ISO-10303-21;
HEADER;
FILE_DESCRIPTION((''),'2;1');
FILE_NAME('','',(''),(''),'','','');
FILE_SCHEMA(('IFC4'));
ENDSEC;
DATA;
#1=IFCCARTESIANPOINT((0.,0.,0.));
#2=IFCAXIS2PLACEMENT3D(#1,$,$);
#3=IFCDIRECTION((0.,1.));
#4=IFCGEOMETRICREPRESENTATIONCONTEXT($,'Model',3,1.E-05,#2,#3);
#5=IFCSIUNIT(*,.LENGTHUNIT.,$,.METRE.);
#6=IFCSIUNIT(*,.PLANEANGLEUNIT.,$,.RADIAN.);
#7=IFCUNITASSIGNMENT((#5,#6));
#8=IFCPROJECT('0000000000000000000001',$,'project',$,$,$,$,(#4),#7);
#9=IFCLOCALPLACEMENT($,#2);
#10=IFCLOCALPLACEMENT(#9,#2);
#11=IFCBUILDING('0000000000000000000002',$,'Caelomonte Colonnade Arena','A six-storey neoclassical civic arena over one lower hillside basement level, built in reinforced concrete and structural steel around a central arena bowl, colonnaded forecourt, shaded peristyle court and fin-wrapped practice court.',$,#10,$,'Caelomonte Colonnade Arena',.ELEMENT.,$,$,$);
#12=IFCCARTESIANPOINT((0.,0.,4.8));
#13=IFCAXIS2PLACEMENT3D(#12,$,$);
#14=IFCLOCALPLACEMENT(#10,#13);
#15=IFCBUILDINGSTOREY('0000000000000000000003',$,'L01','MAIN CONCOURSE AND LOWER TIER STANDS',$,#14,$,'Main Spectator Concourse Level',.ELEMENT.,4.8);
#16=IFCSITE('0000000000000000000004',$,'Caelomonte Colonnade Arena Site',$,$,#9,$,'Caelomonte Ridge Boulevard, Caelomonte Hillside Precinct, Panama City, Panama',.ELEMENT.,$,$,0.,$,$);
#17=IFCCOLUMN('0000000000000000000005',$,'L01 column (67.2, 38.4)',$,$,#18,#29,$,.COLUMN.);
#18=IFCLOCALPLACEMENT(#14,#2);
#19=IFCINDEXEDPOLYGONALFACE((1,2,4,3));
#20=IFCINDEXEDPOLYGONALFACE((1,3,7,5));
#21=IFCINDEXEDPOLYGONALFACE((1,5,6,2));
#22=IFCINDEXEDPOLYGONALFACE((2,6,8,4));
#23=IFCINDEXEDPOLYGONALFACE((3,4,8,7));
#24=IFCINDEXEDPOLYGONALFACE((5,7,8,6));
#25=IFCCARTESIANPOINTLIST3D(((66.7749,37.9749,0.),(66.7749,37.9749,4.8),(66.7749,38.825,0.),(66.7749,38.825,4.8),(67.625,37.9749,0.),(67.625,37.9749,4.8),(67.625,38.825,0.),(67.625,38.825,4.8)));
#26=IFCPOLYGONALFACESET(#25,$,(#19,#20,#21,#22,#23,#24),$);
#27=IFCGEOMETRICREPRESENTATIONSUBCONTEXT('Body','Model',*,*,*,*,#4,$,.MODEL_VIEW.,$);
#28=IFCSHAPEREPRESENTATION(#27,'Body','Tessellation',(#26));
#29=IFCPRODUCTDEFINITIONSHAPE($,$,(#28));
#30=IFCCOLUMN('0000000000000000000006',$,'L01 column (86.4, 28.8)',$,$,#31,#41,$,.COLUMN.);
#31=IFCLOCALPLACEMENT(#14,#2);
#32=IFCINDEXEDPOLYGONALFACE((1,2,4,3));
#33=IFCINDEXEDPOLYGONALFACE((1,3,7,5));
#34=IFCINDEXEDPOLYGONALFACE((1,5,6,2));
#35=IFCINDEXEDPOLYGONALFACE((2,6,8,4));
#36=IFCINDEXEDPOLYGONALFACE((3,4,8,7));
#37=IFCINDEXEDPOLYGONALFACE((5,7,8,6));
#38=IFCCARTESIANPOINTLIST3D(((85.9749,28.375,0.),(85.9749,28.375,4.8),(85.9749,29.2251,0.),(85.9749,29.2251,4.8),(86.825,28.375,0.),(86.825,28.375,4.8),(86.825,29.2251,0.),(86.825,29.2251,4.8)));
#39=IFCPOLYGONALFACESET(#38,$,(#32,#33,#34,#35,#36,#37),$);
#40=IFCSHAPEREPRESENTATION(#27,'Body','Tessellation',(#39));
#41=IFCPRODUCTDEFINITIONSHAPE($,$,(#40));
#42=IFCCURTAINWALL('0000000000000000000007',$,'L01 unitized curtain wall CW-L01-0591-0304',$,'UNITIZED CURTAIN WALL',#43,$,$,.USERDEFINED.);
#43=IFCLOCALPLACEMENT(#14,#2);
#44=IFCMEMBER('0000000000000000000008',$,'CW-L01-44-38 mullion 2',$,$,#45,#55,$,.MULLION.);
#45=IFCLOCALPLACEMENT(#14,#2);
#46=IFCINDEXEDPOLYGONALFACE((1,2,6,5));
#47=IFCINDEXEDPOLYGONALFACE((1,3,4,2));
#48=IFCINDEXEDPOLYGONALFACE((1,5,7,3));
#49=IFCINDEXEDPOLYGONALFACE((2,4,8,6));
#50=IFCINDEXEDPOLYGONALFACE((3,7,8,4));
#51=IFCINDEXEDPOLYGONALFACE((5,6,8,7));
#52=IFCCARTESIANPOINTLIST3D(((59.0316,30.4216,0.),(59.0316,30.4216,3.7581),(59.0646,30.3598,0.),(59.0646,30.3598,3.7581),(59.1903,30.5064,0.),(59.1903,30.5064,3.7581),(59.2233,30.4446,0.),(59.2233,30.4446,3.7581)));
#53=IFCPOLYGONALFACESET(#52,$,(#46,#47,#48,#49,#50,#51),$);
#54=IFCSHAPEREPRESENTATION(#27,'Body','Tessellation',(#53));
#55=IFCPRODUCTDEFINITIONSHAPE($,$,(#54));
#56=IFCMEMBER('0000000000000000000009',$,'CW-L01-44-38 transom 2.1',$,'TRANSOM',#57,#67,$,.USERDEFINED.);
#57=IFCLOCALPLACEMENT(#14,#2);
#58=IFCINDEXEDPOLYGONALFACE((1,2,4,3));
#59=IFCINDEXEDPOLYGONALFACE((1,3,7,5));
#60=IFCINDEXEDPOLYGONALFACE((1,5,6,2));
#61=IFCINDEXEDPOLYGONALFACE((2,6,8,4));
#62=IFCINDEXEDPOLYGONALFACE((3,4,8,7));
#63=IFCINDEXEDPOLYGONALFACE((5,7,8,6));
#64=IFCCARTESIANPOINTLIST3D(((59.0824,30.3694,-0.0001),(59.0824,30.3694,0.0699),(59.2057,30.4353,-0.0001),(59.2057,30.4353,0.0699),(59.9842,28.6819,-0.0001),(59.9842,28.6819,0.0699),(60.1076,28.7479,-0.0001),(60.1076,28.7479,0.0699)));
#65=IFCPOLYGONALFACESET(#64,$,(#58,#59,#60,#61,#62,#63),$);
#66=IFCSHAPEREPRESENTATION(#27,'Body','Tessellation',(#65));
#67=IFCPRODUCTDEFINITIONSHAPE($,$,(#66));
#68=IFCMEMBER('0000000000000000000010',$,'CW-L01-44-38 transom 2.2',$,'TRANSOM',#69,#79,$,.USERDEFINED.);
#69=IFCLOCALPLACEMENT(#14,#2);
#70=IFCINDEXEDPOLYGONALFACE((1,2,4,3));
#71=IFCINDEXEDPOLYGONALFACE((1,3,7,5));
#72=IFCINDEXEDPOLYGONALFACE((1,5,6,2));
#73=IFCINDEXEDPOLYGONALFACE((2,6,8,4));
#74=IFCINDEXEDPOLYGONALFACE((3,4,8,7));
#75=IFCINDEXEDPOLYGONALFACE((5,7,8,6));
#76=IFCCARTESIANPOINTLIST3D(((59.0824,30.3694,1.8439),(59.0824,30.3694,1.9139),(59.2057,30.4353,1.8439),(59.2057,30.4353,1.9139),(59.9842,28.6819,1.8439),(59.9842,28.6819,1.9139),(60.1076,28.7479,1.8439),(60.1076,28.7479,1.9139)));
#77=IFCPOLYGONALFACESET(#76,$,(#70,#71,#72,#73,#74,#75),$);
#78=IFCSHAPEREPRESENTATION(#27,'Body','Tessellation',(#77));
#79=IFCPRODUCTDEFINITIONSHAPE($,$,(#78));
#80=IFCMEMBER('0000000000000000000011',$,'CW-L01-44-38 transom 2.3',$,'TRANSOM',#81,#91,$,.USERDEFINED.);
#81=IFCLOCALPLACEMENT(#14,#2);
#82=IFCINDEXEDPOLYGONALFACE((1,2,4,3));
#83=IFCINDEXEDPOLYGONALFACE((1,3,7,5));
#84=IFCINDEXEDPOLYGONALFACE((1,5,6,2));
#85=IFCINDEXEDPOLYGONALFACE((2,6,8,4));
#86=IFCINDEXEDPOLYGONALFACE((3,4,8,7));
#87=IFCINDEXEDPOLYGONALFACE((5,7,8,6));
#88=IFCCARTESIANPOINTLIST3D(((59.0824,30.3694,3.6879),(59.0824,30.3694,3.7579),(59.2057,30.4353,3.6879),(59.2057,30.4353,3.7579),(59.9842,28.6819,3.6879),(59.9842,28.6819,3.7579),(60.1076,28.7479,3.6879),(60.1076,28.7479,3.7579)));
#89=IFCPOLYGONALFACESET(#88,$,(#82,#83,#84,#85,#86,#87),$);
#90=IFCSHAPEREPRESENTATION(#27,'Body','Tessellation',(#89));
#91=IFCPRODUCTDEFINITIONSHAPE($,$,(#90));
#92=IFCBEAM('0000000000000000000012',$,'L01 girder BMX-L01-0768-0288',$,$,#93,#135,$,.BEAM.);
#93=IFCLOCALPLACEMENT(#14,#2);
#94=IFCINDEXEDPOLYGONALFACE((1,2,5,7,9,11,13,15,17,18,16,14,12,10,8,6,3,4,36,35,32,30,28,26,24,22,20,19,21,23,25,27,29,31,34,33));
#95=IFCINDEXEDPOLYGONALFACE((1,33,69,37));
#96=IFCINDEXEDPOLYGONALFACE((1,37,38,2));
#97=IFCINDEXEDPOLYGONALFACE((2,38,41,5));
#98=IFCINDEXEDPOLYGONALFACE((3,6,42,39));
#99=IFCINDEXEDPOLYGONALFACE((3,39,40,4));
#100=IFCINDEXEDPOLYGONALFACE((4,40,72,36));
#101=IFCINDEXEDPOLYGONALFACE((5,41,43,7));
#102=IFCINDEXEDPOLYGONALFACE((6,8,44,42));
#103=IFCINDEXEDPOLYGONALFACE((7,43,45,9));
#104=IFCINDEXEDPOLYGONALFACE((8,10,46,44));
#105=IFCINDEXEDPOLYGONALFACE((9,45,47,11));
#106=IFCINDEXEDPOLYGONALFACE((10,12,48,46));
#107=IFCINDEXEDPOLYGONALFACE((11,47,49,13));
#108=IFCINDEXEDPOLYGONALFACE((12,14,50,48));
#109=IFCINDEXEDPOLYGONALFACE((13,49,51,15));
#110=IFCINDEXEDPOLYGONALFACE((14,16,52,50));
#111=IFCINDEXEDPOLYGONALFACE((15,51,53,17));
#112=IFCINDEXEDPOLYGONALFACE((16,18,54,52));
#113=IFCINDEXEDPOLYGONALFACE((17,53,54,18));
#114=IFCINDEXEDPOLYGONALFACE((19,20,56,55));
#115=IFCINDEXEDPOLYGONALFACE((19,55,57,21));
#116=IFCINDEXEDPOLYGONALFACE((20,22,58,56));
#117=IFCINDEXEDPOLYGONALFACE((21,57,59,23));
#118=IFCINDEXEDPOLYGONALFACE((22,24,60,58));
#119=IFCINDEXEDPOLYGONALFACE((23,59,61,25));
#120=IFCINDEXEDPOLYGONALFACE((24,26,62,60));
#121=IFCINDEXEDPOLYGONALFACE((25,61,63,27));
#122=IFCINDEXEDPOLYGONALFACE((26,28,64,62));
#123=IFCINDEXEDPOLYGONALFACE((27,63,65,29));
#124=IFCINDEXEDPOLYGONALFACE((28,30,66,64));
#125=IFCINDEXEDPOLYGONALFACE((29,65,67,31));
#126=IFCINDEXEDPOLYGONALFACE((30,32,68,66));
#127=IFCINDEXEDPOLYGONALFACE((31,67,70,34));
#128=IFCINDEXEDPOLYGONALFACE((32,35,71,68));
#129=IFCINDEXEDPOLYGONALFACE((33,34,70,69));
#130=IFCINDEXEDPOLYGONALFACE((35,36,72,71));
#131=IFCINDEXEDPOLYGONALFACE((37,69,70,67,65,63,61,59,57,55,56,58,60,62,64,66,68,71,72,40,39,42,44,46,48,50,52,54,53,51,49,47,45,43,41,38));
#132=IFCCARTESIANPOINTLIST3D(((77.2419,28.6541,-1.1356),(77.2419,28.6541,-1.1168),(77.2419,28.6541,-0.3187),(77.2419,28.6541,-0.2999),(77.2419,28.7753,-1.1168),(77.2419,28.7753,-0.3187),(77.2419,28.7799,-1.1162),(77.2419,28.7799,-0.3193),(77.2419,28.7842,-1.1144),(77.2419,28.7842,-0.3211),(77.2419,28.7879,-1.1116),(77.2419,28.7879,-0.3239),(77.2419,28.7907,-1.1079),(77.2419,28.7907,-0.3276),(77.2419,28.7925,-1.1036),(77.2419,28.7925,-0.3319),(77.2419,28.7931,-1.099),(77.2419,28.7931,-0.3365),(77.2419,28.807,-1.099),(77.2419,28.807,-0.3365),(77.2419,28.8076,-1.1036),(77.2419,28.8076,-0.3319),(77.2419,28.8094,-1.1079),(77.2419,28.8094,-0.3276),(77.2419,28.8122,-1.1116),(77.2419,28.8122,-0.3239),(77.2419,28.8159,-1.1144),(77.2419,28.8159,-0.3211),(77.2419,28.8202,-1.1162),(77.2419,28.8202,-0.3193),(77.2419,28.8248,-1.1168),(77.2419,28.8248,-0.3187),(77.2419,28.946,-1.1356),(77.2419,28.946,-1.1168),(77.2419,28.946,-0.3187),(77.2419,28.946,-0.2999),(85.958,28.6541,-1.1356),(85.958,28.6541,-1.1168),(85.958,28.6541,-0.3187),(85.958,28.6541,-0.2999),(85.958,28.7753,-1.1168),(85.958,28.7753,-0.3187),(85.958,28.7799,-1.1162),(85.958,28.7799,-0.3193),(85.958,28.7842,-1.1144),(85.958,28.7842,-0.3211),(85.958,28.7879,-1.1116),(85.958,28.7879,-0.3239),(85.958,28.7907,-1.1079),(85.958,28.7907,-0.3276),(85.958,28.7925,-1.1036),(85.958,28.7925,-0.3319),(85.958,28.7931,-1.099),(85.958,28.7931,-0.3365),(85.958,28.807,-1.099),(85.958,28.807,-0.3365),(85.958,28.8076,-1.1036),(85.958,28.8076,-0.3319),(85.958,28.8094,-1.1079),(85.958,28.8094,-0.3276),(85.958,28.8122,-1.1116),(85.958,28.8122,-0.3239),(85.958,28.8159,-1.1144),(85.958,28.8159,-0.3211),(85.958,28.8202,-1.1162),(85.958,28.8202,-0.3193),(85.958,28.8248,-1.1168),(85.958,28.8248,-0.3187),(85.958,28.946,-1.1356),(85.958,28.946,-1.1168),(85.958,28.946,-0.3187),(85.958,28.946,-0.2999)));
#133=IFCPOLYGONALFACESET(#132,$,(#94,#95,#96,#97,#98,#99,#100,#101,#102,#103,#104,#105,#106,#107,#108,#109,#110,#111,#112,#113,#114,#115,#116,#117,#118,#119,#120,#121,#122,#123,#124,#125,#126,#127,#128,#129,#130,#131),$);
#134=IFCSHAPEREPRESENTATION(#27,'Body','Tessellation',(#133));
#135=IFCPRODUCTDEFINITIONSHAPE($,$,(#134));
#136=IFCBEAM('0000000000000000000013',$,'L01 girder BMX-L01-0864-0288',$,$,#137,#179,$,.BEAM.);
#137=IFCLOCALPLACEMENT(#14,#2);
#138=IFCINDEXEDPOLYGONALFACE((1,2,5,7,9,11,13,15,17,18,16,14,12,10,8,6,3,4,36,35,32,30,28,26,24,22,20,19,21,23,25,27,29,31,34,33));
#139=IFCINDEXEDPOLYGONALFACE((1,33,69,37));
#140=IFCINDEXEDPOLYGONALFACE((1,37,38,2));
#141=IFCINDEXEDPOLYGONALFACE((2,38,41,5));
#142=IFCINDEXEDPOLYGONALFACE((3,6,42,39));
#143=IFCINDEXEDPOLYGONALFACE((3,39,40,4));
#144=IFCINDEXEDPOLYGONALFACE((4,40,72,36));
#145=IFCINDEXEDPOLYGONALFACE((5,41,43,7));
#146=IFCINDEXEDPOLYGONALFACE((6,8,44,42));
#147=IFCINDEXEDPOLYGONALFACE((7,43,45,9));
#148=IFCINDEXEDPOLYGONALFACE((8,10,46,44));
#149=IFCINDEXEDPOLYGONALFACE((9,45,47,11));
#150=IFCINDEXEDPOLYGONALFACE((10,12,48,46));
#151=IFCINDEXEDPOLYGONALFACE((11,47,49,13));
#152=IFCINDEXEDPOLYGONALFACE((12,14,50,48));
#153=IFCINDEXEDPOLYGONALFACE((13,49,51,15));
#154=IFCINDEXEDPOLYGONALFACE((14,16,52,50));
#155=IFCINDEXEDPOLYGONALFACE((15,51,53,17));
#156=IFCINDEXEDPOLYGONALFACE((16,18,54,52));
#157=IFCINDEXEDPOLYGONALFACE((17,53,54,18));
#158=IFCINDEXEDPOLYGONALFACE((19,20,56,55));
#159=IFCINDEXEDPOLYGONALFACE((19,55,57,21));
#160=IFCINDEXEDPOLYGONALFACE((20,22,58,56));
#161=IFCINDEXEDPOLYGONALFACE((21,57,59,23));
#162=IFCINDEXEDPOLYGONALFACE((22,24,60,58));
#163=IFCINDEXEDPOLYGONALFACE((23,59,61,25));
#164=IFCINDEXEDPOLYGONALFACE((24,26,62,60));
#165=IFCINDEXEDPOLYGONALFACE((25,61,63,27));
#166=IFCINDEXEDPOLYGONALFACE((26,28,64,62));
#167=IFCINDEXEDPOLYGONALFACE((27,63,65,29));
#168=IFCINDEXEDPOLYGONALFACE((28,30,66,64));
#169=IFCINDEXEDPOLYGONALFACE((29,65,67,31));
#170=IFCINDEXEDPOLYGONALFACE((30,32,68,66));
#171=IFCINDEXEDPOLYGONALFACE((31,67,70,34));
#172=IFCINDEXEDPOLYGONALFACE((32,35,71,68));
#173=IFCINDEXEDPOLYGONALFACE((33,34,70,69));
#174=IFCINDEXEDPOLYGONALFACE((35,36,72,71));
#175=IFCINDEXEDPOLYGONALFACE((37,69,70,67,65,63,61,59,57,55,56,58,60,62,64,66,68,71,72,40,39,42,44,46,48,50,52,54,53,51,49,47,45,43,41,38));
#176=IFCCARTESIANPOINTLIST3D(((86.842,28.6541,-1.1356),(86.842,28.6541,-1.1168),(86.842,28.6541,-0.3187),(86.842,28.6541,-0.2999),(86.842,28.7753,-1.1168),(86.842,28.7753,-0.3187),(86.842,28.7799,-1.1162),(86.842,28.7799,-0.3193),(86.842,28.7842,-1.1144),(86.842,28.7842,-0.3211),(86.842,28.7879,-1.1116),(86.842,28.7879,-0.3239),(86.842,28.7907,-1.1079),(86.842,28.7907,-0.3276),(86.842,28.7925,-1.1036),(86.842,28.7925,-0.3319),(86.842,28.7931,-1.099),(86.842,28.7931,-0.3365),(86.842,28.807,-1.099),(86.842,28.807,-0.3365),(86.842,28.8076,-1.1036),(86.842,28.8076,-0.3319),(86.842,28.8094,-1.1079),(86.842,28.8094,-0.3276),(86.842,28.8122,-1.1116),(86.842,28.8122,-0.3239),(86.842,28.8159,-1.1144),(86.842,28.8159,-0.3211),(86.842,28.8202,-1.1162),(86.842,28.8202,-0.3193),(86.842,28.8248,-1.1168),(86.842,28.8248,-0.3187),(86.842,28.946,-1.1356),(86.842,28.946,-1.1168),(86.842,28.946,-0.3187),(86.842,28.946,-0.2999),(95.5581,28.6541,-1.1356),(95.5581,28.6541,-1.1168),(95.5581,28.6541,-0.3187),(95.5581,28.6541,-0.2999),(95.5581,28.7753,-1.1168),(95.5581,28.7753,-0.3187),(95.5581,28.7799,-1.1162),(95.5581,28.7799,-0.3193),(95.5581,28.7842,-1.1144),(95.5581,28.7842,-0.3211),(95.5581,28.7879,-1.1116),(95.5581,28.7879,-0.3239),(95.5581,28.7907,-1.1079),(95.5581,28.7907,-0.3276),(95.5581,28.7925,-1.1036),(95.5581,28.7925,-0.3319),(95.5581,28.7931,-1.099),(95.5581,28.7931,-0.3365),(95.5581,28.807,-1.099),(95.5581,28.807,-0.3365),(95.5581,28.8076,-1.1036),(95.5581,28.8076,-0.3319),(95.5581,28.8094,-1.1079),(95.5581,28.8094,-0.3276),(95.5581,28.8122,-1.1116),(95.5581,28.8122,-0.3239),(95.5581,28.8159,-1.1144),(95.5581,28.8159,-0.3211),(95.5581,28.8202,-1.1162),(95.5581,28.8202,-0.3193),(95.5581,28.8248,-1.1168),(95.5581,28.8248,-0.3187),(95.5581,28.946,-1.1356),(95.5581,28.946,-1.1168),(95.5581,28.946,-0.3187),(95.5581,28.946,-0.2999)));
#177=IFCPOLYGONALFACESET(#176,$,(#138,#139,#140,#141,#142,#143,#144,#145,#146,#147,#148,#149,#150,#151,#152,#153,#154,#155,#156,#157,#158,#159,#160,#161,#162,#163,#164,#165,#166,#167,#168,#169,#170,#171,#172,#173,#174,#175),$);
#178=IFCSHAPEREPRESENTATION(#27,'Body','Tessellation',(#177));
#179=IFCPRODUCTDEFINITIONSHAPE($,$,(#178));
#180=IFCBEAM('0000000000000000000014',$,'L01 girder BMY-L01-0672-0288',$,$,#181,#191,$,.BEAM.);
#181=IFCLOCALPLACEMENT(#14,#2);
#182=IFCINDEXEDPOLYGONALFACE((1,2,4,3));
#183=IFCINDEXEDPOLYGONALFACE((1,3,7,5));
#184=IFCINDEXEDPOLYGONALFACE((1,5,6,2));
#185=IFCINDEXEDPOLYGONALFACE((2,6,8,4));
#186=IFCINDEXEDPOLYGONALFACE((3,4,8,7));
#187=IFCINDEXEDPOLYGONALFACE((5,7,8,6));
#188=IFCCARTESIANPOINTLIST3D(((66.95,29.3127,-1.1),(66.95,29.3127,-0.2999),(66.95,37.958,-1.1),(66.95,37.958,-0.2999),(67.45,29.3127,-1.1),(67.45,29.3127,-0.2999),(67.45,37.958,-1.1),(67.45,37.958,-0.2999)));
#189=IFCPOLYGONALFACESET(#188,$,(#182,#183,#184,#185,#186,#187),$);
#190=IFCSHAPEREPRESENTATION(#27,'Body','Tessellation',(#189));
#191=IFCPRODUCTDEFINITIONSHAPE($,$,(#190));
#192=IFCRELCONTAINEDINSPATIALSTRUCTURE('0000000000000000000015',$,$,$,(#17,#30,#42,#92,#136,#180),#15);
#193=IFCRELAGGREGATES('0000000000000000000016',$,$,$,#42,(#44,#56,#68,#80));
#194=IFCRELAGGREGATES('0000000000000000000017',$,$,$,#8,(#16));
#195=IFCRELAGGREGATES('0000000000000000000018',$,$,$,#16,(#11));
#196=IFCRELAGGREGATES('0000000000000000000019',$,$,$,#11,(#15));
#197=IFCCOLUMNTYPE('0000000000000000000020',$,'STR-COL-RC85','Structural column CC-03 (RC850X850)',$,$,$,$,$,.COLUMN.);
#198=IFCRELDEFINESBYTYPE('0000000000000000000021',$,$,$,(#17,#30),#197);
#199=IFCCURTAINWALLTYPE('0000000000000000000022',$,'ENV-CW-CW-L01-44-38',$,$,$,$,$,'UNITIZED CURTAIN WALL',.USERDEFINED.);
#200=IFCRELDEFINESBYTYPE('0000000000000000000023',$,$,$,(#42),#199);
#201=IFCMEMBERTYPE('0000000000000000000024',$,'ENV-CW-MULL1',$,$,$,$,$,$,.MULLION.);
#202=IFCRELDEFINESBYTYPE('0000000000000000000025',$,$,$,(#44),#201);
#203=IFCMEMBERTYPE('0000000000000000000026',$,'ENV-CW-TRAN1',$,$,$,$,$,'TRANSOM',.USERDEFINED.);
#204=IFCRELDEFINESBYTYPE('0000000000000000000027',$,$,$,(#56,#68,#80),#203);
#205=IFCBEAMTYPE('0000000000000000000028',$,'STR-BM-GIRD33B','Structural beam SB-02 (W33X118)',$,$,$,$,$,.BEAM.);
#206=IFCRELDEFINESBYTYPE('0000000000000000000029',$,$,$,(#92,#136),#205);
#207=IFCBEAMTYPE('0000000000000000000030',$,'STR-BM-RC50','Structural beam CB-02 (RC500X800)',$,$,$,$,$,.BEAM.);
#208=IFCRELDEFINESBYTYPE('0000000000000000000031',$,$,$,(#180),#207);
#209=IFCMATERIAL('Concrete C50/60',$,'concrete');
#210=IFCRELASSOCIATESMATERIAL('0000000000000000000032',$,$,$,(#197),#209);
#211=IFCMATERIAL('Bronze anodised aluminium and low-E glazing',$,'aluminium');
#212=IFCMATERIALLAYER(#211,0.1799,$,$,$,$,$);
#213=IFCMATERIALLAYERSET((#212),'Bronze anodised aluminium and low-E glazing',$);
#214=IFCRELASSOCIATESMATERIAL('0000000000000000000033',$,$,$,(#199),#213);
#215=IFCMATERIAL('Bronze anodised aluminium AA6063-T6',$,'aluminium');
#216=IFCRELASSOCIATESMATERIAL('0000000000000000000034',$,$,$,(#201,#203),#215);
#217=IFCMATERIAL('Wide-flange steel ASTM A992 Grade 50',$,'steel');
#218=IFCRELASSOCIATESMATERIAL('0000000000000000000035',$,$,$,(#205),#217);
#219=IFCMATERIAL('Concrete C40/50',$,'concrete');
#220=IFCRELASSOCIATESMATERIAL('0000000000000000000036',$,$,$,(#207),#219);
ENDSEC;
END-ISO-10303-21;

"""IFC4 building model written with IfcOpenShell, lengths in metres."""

from ifc_helpers import new_model, si_unit, direction, frame, origin, origin_2d, place, context, subcontext, project, spatial, rectangle, i_section, extrude, material, layer, layer_set, material_profile, profile_set, type_object, element, aggregate, save


model = new_model("IFC4")

# Units and contexts
model_context = context("Model", 3, precision=1e-05, world=origin(), true_north=direction((0.0, 1.0)))
body_context = subcontext(model_context, "Body", "Model", "MODEL_VIEW")
ifc_project = project(units=[si_unit("LENGTHUNIT", "METRE"), si_unit("PLANEANGLEUNIT", "RADIAN")], contexts=[model_context])

# Site, building, storey
site_placement = place(None, origin())
site = spatial("IfcSite", under=ifc_project, at=site_placement, Name="Caelomonte Colonnade Arena Site", LongName="Caelomonte Ridge Boulevard, Caelomonte Hillside Precinct, Panama City, Panama", CompositionType="ELEMENT", RefElevation=0.0)
building_placement = place(site_placement, origin())
building = spatial("IfcBuilding", under=site, at=building_placement, Name="Caelomonte Colonnade Arena", Description="A six-storey neoclassical civic arena over one lower hillside basement level, built in reinforced concrete and structural steel around a central arena bowl, colonnaded forecourt, shaded peristyle court and fin-wrapped practice court.", LongName="Caelomonte Colonnade Arena", CompositionType="ELEMENT")
storey_placement = place(building_placement, frame((0.0, 0.0, 4.8)))
storey = spatial("IfcBuildingStorey", under=building, at=storey_placement, Name="L01", Description="MAIN CONCOURSE AND LOWER TIER STANDS", LongName="Main Spectator Concourse Level", CompositionType="ELEMENT", Elevation=4.8)

# Columns
ifc_material_1 = material(Name="Concrete C50/60", Category="concrete")
ifc_material_profile_1 = material_profile(ifc_material_1, rectangle(XDim=0.8501, YDim=0.8501, at=origin_2d()), Name="RC850X850")
ifc_profile_set_1 = profile_set([ifc_material_profile_1], Name="Concrete C50/60")
column_type = type_object("IfcColumnType", Name="STR-COL-RC85", Description="Structural column CC-03 (RC850X850)", PredefinedType="COLUMN", material=ifc_profile_set_1)
for number, where, z_axis, x_axis, name in (
    (1, (67.2, 38.3999, 0.0), (0.0, 0.0, 1.0), (1.0, 0.0, 0.0), "L01 column (67.2, 38.4)"),
    (2, (86.3999, 28.8, 0.0), (0.0, 0.0, 1.0), (1.0, 0.0, 0.0), "L01 column (86.4, 28.8)"),
):
    element("IfcColumn", number, at=place(storey_placement, frame(where, z_axis=z_axis, x_axis=x_axis)), inside=storey, type_object=column_type, Name=name, PredefinedType="COLUMN", context=body_context, shape_type="SweptSolid", body=[
        extrude(rectangle(XDim=0.8501, YDim=0.8501, at=origin_2d()), origin(), (0.0, 0.0, 1.0), 4.8),
    ])

# Curtain wall, members
ifc_material_2 = material(Name="Bronze anodised aluminium and low-E glazing", Category="aluminium")
ifc_layer_1 = layer(ifc_material_2, 0.1799)
ifc_layer_set_1 = layer_set([ifc_layer_1], Name="Bronze anodised aluminium and low-E glazing")
curtain_wall_type = type_object("IfcCurtainWallType", Name="ENV-CW-CW-L01-44-38", ElementType="UNITIZED CURTAIN WALL", PredefinedType="USERDEFINED", material=ifc_layer_set_1)
curtain_wall_placement = place(storey_placement, origin())
curtain_wall = element("IfcCurtainWall", 3, at=curtain_wall_placement, inside=storey, type_object=curtain_wall_type, Name="L01 unitized curtain wall CW-L01-0591-0304", ObjectType="UNITIZED CURTAIN WALL", PredefinedType="USERDEFINED")
ifc_material_3 = material(Name="Bronze anodised aluminium AA6063-T6", Category="aluminium")
ifc_material_profile_2 = material_profile(ifc_material_3, rectangle(XDim=0.0701, YDim=0.1799, at=origin_2d()), Name="CWM-70X180")
ifc_profile_set_2 = profile_set([ifc_material_profile_2], Name="Bronze anodised aluminium AA6063-T6")
member_type_1 = type_object("IfcMemberType", Name="ENV-CW-MULL1", PredefinedType="MULLION", material=ifc_profile_set_2)
member_1_placement = place(storey_placement, frame((59.1274, 30.4331, 0.0), z_axis=(0.0, 0.0, 1.0), x_axis=(0.471394, -0.881923, 0.0)))
member_1 = element("IfcMember", 4, at=member_1_placement, type_object=member_type_1, Name="CW-L01-44-38 mullion 2", PredefinedType="MULLION", context=body_context, shape_type="SweptSolid", body=[
    extrude(rectangle(XDim=0.0701, YDim=0.1799, at=origin_2d()), origin(), (0.0, 0.0, 1.0), 3.7581),
])
ifc_material_profile_3 = material_profile(ifc_material_3, rectangle(XDim=0.0701, YDim=0.1399, at=origin_2d()), Name="CWT-70X140")
ifc_profile_set_3 = profile_set([ifc_material_profile_3], Name="Bronze anodised aluminium AA6063-T6")
member_type_2 = type_object("IfcMemberType", Name="ENV-CW-TRAN1", ElementType="TRANSOM", PredefinedType="USERDEFINED", material=ifc_profile_set_3)
member_2_placement = place(storey_placement, frame((59.144, 30.4023, 0.0349), z_axis=(0.471343, -0.88195, 0.0), x_axis=(0.0, 0.0, 1.0)))
member_2 = element("IfcMember", 5, at=member_2_placement, type_object=member_type_2, Name="CW-L01-44-38 transom 2.1", ObjectType="TRANSOM", PredefinedType="USERDEFINED", context=body_context, shape_type="SweptSolid", body=[
    extrude(rectangle(XDim=0.0701, YDim=0.1399, at=origin_2d()), origin(), (0.0, 0.0, 1.0), 1.9133),
])
member_3_placement = place(storey_placement, frame((59.144, 30.4023, 1.8789), z_axis=(0.471343, -0.88195, 0.0), x_axis=(0.0, 0.0, 1.0)))
member_3 = element("IfcMember", 6, at=member_3_placement, type_object=member_type_2, Name="CW-L01-44-38 transom 2.2", ObjectType="TRANSOM", PredefinedType="USERDEFINED", context=body_context, shape_type="SweptSolid", body=[
    extrude(rectangle(XDim=0.0701, YDim=0.1399, at=origin_2d()), origin(), (0.0, 0.0, 1.0), 1.9133),
])
member_4_placement = place(storey_placement, frame((59.144, 30.4023, 3.7229), z_axis=(0.471343, -0.88195, 0.0), x_axis=(0.0, 0.0, 1.0)))
member_4 = element("IfcMember", 7, at=member_4_placement, type_object=member_type_2, Name="CW-L01-44-38 transom 2.3", ObjectType="TRANSOM", PredefinedType="USERDEFINED", context=body_context, shape_type="SweptSolid", body=[
    extrude(rectangle(XDim=0.0701, YDim=0.1399, at=origin_2d()), origin(), (0.0, 0.0, 1.0), 1.9133),
])

# Beams
ifc_material_4 = material(Name="Wide-flange steel ASTM A992 Grade 50", Category="steel")
ifc_material_profile_4 = material_profile(ifc_material_4, i_section(OverallWidth=0.292, OverallDepth=0.8357, WebThickness=0.0139, FlangeThickness=0.0188, FilletRadius=0.0178, at=origin_2d()), Name="W33X118")
ifc_profile_set_4 = profile_set([ifc_material_profile_4], Name="Wide-flange steel ASTM A992 Grade 50")
beam_type_1 = type_object("IfcBeamType", Name="STR-BM-GIRD33B", Description="Structural beam SB-02 (W33X118)", PredefinedType="BEAM", material=ifc_profile_set_4)
for number, where, z_axis, x_axis, name in (
    (8, (77.2419, 28.8, -0.7178), (1.0, 0.0, 0.0), (0.0, 1.0, 0.0), "L01 girder BMX-L01-0768-0288"),
    (9, (86.842, 28.8, -0.7178), (1.0, 0.0, 0.0), (0.0, 1.0, 0.0), "L01 girder BMX-L01-0864-0288"),
):
    element("IfcBeam", number, at=place(storey_placement, frame(where, z_axis=z_axis, x_axis=x_axis)), inside=storey, type_object=beam_type_1, Name=name, PredefinedType="BEAM", context=body_context, shape_type="SweptSolid", body=[
        extrude(i_section(OverallWidth=0.292, OverallDepth=0.8357, WebThickness=0.0139, FlangeThickness=0.0188, FilletRadius=0.0178, at=origin_2d()), origin(), (0.0, 0.0, 1.0), 8.7161),
    ])
ifc_material_5 = material(Name="Concrete C40/50", Category="concrete")
ifc_material_profile_5 = material_profile(ifc_material_5, rectangle(XDim=0.5, YDim=0.8, at=origin_2d()), Name="RC500X800")
ifc_profile_set_5 = profile_set([ifc_material_profile_5], Name="Concrete C40/50")
beam_type_2 = type_object("IfcBeamType", Name="STR-BM-RC50", Description="Structural beam CB-02 (RC500X800)", PredefinedType="BEAM", material=ifc_profile_set_5)
beam_1_placement = place(storey_placement, frame((67.2, 29.3127, -0.7), z_axis=(0.0, 1.0, 0.0), x_axis=(-1.0, 0.0, 0.0)))
element("IfcBeam", 10, at=beam_1_placement, inside=storey, type_object=beam_type_2, Name="L01 girder BMY-L01-0672-0288", PredefinedType="BEAM", context=body_context, shape_type="SweptSolid", body=[
    extrude(rectangle(XDim=0.5, YDim=0.8, at=origin_2d()), origin(), (0.0, 0.0, 1.0), 8.6453),
])

aggregate(curtain_wall, [member_1, member_2, member_3, member_4])

save(model, "model.ifc")
